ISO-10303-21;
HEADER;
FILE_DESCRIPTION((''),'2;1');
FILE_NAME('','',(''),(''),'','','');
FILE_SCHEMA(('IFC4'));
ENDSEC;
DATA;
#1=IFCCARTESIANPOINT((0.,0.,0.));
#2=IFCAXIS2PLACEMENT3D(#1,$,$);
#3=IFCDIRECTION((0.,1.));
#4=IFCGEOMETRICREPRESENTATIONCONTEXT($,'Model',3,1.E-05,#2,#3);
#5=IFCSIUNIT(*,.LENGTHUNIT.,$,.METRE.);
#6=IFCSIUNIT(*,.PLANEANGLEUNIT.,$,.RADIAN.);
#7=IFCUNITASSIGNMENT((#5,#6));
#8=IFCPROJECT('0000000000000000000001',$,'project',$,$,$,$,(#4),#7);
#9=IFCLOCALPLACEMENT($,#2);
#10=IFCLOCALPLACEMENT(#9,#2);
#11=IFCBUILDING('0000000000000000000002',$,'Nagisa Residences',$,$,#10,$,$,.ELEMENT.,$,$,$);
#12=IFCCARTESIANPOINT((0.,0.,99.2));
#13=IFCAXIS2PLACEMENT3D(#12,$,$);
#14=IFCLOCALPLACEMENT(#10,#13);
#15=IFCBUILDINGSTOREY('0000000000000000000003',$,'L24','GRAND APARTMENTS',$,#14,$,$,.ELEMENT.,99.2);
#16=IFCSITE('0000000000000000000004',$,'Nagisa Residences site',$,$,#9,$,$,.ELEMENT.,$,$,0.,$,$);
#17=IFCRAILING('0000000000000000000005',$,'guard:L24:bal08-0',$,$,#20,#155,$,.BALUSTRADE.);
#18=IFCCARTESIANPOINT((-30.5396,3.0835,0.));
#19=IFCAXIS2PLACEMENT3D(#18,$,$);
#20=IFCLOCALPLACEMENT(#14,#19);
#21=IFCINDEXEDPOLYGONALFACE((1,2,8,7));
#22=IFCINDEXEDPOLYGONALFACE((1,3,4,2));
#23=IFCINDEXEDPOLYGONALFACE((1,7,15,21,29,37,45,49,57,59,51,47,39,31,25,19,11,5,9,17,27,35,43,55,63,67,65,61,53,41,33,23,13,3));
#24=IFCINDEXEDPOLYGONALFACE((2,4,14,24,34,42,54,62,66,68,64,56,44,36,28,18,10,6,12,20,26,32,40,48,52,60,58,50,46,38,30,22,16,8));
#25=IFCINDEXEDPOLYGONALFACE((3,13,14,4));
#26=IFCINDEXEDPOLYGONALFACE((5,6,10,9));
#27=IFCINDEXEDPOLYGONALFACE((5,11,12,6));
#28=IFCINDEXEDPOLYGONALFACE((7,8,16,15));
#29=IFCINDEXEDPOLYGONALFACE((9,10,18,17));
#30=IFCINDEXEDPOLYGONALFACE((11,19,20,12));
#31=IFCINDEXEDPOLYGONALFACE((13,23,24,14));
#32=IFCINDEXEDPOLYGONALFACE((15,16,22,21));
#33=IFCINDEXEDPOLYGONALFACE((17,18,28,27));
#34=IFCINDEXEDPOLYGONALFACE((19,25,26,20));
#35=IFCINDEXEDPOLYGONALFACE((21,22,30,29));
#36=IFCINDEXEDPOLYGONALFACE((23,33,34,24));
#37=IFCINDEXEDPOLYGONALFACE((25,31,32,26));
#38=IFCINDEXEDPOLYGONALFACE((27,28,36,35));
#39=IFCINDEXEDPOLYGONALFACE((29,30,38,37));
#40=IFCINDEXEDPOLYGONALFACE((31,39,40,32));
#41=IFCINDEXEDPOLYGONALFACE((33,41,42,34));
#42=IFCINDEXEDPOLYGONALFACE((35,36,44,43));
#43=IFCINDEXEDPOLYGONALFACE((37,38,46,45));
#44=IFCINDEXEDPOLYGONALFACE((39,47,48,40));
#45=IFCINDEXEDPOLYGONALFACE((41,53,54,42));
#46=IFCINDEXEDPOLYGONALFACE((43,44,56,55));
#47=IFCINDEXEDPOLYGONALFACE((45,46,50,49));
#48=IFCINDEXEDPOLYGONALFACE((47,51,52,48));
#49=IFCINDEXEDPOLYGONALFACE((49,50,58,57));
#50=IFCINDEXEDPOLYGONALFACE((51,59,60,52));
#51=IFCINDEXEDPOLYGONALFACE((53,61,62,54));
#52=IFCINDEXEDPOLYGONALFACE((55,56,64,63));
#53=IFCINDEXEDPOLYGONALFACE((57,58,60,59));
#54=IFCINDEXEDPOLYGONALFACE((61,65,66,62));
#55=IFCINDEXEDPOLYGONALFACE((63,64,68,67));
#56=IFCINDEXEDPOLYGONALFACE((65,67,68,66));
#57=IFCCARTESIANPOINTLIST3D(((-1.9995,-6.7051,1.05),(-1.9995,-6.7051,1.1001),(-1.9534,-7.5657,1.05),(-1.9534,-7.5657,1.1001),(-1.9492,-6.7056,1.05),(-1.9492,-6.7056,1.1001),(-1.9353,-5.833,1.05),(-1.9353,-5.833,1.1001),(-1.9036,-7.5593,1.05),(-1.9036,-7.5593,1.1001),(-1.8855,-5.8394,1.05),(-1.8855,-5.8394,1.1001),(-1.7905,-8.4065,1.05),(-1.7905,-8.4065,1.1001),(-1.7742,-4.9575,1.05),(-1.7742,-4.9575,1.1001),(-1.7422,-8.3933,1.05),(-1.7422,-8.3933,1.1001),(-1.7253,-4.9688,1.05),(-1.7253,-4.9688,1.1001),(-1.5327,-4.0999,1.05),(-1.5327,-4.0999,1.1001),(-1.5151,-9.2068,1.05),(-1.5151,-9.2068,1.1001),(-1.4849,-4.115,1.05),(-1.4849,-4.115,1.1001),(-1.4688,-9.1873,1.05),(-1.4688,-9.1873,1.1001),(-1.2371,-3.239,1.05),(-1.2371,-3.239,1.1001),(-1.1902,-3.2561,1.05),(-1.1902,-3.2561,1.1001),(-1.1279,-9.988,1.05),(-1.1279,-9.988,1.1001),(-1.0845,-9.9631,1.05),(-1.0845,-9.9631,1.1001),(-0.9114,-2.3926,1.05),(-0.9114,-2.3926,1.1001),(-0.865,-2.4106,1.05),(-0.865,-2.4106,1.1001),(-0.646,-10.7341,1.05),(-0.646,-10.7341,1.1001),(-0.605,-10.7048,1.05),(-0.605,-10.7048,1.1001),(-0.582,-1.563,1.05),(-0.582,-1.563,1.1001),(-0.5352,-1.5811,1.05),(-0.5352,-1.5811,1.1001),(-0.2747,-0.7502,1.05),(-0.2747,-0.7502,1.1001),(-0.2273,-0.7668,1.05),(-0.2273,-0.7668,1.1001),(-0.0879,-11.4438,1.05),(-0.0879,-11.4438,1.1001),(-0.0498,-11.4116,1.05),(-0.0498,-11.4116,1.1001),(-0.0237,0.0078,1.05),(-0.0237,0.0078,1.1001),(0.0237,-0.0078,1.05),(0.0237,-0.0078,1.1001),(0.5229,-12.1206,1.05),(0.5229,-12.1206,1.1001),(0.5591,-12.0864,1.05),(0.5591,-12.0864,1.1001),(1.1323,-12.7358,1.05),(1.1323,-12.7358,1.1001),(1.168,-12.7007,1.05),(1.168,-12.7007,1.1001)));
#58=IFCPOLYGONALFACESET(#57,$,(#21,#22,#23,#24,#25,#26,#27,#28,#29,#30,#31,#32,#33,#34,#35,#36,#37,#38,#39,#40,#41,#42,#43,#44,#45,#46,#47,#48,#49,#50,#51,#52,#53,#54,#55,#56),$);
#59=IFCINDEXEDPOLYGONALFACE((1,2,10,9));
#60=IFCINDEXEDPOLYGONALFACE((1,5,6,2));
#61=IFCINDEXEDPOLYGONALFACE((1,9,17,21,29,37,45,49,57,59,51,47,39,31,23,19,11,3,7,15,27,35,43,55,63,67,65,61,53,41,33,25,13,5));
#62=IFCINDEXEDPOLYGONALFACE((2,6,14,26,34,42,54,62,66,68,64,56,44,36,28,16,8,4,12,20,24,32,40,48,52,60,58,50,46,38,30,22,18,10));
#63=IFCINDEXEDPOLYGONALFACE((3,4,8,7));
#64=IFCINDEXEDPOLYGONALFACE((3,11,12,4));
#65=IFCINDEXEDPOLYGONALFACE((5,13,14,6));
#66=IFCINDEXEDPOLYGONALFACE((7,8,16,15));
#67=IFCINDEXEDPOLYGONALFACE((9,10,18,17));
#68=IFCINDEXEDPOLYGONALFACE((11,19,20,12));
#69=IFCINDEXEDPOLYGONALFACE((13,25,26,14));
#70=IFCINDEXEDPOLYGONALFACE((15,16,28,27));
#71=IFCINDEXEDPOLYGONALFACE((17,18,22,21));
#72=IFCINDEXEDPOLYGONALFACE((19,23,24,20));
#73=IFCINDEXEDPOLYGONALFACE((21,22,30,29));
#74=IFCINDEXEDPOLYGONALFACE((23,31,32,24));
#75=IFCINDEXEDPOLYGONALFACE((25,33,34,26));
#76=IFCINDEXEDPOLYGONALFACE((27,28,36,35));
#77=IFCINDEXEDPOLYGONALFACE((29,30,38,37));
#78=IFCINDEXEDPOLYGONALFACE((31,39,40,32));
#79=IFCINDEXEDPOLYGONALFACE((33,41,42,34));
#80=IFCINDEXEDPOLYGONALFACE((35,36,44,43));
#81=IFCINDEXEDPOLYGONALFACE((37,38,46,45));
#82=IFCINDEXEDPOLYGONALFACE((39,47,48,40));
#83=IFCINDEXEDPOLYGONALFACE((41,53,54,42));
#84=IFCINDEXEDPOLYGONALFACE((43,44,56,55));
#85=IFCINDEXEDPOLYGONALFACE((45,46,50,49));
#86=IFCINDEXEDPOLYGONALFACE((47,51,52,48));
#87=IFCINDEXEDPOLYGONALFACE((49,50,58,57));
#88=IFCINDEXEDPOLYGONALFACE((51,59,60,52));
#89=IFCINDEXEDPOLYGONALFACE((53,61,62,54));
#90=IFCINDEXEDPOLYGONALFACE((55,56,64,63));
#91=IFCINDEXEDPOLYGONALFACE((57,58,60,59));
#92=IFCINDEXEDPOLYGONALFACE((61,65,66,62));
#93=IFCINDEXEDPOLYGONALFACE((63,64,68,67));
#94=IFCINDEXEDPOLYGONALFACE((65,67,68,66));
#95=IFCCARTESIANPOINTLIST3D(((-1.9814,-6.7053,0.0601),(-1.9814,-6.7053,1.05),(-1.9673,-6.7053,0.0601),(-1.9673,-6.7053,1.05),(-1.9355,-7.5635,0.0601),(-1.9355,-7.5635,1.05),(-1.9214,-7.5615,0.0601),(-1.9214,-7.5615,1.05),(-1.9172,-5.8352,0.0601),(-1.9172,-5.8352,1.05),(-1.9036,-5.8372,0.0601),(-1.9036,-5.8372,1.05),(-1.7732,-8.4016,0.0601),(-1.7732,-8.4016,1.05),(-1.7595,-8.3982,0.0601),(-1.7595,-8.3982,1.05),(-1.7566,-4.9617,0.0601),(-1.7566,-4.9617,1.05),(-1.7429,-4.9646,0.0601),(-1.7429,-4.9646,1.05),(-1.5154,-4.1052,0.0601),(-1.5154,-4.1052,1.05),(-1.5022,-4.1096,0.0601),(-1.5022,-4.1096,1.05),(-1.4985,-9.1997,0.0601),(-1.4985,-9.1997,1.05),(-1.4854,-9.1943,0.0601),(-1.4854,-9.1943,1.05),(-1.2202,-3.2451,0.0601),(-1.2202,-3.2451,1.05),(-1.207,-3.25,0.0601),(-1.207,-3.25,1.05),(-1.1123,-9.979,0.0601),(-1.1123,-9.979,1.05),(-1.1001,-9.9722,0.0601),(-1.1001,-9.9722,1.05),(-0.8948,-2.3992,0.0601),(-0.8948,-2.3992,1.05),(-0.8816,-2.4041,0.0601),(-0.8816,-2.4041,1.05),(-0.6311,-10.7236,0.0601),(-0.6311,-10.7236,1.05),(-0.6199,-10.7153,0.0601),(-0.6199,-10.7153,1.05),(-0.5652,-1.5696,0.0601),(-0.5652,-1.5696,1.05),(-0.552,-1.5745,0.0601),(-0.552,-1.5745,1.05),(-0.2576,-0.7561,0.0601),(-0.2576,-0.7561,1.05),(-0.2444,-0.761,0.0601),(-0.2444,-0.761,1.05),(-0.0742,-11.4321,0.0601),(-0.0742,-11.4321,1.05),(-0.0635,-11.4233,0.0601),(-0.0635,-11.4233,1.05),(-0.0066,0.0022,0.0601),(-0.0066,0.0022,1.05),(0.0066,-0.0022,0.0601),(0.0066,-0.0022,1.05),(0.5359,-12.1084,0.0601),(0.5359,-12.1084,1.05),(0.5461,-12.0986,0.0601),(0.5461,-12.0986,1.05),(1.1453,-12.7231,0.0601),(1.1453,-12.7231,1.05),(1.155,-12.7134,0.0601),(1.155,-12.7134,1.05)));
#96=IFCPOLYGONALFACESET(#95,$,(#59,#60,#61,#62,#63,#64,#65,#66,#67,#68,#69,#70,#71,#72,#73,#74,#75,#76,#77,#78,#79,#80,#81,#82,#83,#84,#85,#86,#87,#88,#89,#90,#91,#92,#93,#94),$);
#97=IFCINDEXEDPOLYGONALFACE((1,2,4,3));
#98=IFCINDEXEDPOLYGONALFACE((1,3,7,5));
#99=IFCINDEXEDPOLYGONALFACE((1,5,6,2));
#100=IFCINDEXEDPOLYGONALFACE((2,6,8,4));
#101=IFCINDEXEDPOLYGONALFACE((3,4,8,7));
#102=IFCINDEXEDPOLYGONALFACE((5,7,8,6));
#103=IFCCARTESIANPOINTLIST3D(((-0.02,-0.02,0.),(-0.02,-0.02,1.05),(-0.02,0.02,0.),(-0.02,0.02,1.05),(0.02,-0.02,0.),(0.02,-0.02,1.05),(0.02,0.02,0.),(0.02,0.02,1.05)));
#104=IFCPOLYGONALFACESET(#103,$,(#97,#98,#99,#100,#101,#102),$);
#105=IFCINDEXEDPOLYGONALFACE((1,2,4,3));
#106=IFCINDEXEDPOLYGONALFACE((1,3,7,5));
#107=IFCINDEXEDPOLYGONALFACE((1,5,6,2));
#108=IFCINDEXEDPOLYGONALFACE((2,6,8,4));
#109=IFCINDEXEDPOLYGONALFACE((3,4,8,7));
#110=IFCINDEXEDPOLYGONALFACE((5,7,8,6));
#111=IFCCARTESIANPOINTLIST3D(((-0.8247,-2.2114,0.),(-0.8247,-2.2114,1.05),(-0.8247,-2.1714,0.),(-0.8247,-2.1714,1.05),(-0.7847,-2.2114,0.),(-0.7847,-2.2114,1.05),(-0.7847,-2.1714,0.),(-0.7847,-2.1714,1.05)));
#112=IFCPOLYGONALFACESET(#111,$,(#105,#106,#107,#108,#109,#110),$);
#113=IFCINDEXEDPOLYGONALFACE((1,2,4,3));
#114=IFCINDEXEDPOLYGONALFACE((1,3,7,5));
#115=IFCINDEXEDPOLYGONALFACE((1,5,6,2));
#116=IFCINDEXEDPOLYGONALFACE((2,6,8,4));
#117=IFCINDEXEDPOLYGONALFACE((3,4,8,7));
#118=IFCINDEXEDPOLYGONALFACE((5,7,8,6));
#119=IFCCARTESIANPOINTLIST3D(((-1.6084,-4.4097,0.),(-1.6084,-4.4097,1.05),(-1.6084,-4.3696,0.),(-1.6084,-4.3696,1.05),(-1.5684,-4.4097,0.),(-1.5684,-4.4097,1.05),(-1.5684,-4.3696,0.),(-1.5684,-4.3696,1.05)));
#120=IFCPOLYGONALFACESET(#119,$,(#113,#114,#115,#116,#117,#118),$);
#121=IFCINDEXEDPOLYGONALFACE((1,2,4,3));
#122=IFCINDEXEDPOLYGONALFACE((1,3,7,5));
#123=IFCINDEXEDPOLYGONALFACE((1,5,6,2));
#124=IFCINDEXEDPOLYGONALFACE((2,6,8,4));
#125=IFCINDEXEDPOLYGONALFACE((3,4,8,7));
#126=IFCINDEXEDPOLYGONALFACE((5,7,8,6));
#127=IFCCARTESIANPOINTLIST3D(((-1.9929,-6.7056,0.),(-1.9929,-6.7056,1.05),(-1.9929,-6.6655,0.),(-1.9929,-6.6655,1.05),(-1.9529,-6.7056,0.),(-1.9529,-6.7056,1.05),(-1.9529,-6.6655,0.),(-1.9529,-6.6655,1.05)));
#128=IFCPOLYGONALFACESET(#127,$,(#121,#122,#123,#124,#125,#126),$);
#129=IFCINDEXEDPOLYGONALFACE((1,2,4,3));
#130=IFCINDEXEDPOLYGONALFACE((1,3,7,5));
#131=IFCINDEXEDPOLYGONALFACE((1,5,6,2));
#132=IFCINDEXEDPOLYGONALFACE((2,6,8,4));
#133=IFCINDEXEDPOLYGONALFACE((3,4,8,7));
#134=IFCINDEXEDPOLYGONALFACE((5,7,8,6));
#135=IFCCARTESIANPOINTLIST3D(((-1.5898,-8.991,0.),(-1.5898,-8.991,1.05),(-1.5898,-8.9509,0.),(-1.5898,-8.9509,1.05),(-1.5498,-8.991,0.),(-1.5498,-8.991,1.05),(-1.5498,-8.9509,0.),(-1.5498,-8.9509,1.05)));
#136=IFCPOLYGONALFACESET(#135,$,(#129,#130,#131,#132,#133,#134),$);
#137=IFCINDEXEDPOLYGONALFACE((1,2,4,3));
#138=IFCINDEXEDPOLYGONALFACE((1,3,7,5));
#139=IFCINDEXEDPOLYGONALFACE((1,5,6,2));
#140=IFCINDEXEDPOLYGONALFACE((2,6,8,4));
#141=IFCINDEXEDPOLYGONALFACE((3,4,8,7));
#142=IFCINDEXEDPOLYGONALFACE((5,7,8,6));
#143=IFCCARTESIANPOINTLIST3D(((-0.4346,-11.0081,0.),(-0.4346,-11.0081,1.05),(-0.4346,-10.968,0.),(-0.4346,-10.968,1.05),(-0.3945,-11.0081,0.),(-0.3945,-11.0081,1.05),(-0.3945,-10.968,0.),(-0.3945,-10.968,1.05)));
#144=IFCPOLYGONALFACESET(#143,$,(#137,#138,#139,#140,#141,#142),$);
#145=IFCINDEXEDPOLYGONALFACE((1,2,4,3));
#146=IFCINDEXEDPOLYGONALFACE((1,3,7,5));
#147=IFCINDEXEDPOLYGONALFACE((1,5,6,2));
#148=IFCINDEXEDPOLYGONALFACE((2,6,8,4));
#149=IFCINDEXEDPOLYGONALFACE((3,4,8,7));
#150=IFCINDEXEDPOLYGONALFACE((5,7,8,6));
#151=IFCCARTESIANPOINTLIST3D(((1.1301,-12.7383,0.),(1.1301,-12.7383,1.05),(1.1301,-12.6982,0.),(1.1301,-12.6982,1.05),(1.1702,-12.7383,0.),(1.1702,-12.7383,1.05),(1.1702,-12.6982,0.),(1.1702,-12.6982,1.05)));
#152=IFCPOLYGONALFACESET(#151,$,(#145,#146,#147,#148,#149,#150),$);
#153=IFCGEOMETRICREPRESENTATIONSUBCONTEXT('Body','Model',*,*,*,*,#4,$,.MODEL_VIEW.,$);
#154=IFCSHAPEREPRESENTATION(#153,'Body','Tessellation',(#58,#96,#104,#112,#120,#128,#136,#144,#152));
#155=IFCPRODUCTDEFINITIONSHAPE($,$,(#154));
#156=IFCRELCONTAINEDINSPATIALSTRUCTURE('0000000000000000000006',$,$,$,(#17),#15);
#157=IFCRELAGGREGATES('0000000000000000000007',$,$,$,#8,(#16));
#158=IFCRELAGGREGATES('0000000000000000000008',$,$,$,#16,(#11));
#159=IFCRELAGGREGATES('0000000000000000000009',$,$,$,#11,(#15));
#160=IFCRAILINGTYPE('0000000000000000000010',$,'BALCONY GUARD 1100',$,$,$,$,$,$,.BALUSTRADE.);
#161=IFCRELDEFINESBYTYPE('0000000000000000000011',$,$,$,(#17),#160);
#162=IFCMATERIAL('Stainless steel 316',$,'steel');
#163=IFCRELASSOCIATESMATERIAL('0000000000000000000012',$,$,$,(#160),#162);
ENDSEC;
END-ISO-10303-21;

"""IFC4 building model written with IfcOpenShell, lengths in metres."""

from ifc_helpers import new_model, si_unit, direction, frame, origin, origin_2d, place, context, subcontext, project, spatial, polyline, rectangle, outline, extrude, material, type_object, element, save


model = new_model("IFC4")

# Units and contexts
model_context = context("Model", 3, precision=1e-05, world=origin(), true_north=direction((0.0, 1.0)))
body_context = subcontext(model_context, "Body", "Model", "MODEL_VIEW")
ifc_project = project(units=[si_unit("LENGTHUNIT", "METRE"), si_unit("PLANEANGLEUNIT", "RADIAN")], contexts=[model_context])

# Site, building, storey
site_placement = place(None, origin())
site = spatial("IfcSite", under=ifc_project, at=site_placement, Name="Nagisa Residences site", CompositionType="ELEMENT", RefElevation=0.0)
building_placement = place(site_placement, origin())
building = spatial("IfcBuilding", under=site, at=building_placement, Name="Nagisa Residences", CompositionType="ELEMENT")
storey_placement = place(building_placement, frame((0.0, 0.0, 99.2)))
storey = spatial("IfcBuildingStorey", under=building, at=storey_placement, Name="L24", Description="GRAND APARTMENTS", CompositionType="ELEMENT", Elevation=99.2)

# Railing
ifc_material_1 = material(Name="Stainless steel 316", Category="steel")
railing_type = type_object("IfcRailingType", Name="BALCONY GUARD 1100", PredefinedType="BALUSTRADE", material=ifc_material_1)
railing_1_placement = place(storey_placement, frame((-30.5396, 3.0835, 0.0)))
element("IfcRailing", 1, at=railing_1_placement, inside=storey, type_object=railing_type, Name="guard:L24:bal08-0", PredefinedType="BALUSTRADE", context=body_context, shape_type="SweptSolid", body=[
    extrude(outline(polyline([(-0.2273, -0.7668), (0.0237, -0.0078), (-0.0237, 0.0078), (-0.2747, -0.7502), (-0.582, -1.563), (-0.9114, -2.3926), (-1.2371, -3.239), (-1.5327, -4.0999), (-1.7742, -4.9575), (-1.9353, -5.833), (-1.9995, -6.7051), (-1.9534, -7.5657), (-1.7905, -8.4065), (-1.5151, -9.2068), (-1.1279, -9.988), (-0.646, -10.7341), (-0.0879, -11.4438), (0.5229, -12.1206), (1.1323, -12.7358), (1.168, -12.7007), (0.5591, -12.0864), (-0.0498, -11.4116), (-0.605, -10.7048), (-1.0845, -9.9631), (-1.4688, -9.1873), (-1.7422, -8.3933), (-1.9036, -7.5593), (-1.9492, -6.7056), (-1.8855, -5.8394), (-1.7253, -4.9688), (-1.4849, -4.115), (-1.1902, -3.2561), (-0.865, -2.4106), (-0.5352, -1.5811), (-0.2273, -0.7668)])), frame((0.0, 0.0, 1.05)), (0.0, 0.0, 1.0), 0.05),
    extrude(outline(polyline([(-0.2444, -0.761), (0.0066, -0.0022), (-0.0066, 0.0022), (-0.2576, -0.7561), (-0.5652, -1.5696), (-0.8948, -2.3992), (-1.2202, -3.2451), (-1.5154, -4.1052), (-1.7566, -4.9617), (-1.9172, -5.8352), (-1.9814, -6.7053), (-1.9355, -7.5635), (-1.7732, -8.4016), (-1.4985, -9.1997), (-1.1123, -9.979), (-0.6311, -10.7236), (-0.0742, -11.4321), (0.5359, -12.1084), (1.1453, -12.7231), (1.155, -12.7134), (0.5461, -12.0986), (-0.0635, -11.4233), (-0.6199, -10.7153), (-1.1001, -9.9722), (-1.4854, -9.1943), (-1.7595, -8.3982), (-1.9214, -7.5615), (-1.9673, -6.7053), (-1.9036, -5.8372), (-1.7429, -4.9646), (-1.5022, -4.1096), (-1.207, -3.25), (-0.8816, -2.4041), (-0.552, -1.5745), (-0.2444, -0.761)])), frame((0.0, 0.0, 0.0601)), (0.0, 0.0, 1.0), 0.99),
    extrude(rectangle(XDim=0.04, YDim=0.04, at=origin_2d()), origin(), (0.0, 0.0, 1.0), 1.05),
    extrude(rectangle(XDim=0.04, YDim=0.04, at=origin_2d()), frame((-0.8047, -2.1914, 0.0)), (0.0, 0.0, 1.0), 1.05),
    extrude(rectangle(XDim=0.04, YDim=0.04, at=origin_2d()), frame((-1.5884, -4.3896, 0.0)), (0.0, 0.0, 1.0), 1.05),
    extrude(rectangle(XDim=0.04, YDim=0.04, at=origin_2d()), frame((-1.9729, -6.6855, 0.0)), (0.0, 0.0, 1.0), 1.05),
    extrude(rectangle(XDim=0.04, YDim=0.04, at=origin_2d()), frame((-1.5698, -8.9709, 0.0)), (0.0, 0.0, 1.0), 1.05),
    extrude(rectangle(XDim=0.04, YDim=0.04, at=origin_2d()), frame((-0.4146, -10.988, 0.0)), (0.0, 0.0, 1.0), 1.05),
    extrude(rectangle(XDim=0.04, YDim=0.04, at=origin_2d()), frame((1.1501, -12.7183, 0.0)), (0.0, 0.0, 1.0), 1.05),
])

save(model, "model.ifc")
